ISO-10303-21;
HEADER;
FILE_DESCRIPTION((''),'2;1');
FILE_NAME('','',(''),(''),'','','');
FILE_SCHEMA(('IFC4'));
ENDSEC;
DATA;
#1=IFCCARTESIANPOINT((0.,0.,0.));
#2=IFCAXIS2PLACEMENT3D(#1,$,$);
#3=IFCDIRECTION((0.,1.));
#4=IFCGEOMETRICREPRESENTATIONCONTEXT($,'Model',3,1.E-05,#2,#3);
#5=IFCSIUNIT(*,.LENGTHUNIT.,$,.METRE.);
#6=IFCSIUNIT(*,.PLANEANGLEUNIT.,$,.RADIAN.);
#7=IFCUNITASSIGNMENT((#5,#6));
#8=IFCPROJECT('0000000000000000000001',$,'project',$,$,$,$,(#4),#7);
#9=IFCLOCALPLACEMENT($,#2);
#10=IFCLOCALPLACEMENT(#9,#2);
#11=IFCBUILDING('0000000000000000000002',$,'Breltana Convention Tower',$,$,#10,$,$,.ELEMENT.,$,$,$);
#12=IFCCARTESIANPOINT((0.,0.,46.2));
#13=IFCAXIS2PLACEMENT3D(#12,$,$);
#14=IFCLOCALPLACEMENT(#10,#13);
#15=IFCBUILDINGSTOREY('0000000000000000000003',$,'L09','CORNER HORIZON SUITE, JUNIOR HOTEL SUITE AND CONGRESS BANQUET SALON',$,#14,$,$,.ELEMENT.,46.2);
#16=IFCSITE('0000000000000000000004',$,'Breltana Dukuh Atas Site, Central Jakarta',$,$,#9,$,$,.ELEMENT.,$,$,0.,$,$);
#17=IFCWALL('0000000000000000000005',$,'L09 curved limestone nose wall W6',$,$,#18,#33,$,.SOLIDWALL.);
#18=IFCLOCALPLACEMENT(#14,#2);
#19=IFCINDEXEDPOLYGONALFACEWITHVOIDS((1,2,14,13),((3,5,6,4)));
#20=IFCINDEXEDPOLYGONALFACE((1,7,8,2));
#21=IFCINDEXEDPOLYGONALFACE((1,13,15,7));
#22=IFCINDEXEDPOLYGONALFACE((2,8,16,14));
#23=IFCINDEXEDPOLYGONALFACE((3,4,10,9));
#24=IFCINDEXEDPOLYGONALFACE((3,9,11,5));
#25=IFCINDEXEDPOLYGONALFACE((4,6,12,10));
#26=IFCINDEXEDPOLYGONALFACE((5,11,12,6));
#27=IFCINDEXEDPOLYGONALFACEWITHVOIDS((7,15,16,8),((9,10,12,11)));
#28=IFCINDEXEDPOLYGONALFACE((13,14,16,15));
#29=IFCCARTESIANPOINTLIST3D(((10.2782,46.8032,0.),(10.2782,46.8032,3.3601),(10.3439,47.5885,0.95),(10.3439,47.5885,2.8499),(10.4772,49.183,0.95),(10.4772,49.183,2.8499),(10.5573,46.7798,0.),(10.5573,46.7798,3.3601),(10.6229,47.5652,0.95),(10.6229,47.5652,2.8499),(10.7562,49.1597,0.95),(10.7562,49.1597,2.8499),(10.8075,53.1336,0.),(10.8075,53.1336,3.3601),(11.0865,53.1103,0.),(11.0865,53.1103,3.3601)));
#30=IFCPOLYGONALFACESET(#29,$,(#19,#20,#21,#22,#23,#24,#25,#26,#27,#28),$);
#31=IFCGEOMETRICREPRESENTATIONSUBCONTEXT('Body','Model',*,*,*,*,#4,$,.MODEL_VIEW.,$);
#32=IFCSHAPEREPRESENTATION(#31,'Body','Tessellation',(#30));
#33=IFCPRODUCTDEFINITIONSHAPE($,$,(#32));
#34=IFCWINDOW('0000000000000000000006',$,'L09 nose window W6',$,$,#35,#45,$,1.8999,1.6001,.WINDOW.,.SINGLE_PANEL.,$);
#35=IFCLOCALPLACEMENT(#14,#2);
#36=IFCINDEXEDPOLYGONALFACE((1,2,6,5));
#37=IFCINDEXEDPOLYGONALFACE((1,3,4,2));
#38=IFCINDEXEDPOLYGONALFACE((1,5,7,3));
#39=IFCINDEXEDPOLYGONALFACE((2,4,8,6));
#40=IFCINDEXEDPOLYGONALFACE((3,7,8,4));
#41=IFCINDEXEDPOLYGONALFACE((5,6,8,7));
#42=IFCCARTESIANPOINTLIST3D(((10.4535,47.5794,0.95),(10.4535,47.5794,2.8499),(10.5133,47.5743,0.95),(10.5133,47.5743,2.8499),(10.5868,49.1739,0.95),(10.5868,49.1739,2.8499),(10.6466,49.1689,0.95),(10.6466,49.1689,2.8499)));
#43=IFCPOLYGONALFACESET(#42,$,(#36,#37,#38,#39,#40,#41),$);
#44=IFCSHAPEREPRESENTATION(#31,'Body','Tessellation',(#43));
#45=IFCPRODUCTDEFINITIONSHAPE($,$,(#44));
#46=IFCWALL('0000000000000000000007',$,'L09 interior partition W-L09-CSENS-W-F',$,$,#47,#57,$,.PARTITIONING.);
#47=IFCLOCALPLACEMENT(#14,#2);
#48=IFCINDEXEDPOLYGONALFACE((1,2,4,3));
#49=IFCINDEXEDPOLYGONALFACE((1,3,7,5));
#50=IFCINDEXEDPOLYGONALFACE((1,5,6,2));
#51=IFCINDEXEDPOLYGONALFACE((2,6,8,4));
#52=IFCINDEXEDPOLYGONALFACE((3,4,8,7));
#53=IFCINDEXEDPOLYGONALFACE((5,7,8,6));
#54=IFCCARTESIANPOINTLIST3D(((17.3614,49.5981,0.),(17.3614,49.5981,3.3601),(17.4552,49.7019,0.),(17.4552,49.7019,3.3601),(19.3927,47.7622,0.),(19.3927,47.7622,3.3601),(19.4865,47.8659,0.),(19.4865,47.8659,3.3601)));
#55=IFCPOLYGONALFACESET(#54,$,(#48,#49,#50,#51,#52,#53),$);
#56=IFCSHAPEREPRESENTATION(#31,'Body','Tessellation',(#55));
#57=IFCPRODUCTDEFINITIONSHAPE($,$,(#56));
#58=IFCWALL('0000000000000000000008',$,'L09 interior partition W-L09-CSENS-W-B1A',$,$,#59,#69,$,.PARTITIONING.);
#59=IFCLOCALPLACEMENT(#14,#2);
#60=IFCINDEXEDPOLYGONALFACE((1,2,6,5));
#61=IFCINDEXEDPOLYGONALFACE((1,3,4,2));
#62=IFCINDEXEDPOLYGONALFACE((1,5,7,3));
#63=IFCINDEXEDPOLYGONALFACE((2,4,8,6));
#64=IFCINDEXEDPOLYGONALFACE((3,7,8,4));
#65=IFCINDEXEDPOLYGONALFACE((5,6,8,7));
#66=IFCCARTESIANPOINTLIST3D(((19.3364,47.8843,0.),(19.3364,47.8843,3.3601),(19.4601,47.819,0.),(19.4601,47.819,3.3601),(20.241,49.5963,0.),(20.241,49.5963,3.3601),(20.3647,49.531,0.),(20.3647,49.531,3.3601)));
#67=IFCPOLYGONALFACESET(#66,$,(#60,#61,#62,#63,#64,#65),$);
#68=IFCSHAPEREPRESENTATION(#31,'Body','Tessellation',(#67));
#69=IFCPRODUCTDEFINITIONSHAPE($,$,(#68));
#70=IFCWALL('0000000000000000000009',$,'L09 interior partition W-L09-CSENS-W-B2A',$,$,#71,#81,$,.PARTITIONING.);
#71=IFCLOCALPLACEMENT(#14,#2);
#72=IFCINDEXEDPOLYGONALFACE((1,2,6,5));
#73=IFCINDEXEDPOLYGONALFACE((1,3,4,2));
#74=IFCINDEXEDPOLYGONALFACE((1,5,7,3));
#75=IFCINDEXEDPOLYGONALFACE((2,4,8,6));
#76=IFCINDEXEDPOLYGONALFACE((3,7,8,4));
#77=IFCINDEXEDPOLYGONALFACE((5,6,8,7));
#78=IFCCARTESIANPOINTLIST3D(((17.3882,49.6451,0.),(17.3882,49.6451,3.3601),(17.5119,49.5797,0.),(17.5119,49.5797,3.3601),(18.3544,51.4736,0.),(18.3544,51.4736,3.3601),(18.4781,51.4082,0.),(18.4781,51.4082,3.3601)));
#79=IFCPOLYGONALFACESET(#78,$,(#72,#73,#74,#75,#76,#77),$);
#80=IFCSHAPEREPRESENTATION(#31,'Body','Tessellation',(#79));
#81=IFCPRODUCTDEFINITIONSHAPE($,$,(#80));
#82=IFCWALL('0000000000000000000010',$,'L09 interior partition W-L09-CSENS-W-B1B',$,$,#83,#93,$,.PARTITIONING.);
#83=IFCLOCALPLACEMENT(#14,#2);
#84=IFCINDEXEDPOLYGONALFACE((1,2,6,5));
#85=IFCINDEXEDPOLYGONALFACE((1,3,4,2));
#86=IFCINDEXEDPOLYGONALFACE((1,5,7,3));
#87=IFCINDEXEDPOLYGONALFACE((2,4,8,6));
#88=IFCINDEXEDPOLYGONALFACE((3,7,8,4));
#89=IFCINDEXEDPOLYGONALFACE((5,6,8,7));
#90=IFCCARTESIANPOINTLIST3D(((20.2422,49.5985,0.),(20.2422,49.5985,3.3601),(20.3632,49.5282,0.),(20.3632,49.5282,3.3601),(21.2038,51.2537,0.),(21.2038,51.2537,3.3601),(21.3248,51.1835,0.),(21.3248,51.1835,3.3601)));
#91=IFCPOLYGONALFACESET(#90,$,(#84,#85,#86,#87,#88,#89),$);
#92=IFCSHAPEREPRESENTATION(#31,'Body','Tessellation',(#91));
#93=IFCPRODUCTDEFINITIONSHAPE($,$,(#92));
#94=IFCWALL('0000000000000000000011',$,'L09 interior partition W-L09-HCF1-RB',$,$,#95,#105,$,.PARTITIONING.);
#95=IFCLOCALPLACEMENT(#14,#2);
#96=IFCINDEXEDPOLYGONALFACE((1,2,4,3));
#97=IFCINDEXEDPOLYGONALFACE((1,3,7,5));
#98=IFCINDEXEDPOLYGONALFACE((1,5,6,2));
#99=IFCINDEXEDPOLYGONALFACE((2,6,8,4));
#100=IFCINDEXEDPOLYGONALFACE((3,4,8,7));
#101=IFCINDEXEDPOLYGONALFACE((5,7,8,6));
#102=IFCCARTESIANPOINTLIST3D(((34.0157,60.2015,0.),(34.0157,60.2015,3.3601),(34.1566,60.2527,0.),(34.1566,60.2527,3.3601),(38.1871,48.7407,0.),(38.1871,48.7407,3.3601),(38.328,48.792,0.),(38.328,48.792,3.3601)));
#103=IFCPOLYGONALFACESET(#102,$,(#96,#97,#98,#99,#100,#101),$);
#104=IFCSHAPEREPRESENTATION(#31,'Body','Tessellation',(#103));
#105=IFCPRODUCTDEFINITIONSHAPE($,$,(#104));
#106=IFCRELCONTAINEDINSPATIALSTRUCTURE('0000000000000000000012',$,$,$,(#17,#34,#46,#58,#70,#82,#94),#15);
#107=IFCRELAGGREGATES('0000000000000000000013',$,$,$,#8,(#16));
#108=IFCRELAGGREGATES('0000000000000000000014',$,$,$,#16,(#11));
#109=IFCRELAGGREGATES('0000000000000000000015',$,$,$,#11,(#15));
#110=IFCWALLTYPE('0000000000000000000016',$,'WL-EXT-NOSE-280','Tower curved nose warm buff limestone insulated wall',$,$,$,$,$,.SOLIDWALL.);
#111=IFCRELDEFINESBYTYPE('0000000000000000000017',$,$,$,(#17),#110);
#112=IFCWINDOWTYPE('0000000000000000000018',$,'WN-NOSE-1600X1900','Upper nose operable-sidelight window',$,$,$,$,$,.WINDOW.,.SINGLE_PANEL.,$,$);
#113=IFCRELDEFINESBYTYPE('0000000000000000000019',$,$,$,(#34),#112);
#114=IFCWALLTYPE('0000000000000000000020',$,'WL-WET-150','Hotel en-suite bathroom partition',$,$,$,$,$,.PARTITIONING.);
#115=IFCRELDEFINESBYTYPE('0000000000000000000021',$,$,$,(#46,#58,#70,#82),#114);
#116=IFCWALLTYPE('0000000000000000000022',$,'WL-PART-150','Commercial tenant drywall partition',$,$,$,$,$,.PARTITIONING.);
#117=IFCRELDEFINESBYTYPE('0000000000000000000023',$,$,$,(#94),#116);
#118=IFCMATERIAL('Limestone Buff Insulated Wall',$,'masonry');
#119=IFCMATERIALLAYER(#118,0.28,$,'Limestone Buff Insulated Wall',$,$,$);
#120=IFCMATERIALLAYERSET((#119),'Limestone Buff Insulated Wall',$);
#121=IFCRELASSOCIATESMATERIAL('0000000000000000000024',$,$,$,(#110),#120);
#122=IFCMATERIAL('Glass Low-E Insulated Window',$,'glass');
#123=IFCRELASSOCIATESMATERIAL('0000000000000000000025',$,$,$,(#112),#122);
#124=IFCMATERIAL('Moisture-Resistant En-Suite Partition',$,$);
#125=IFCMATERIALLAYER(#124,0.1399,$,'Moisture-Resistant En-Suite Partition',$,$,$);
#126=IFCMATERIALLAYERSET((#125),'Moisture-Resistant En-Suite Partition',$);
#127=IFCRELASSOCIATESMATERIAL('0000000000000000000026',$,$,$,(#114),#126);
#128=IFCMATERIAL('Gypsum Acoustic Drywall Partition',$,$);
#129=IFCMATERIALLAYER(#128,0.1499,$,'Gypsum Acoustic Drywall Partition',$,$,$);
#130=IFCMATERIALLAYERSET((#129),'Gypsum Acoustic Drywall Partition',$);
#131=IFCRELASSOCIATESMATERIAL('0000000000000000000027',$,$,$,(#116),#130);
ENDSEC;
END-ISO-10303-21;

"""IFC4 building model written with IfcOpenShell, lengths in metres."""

from ifc_helpers import new_model, si_unit, direction, frame, frame_2d, origin, place, context, subcontext, project, spatial, rectangle, extrude, source, transform, mapped, material, layer, layer_set, type_object, type_shapes, element, fill, save


model = new_model("IFC4")

# Units and contexts
model_context = context("Model", 3, precision=1e-05, world=origin(), true_north=direction((0.0, 1.0)))
body_context = subcontext(model_context, "Body", "Model", "MODEL_VIEW")
ifc_project = project(units=[si_unit("LENGTHUNIT", "METRE"), si_unit("PLANEANGLEUNIT", "RADIAN")], contexts=[model_context])

# Site, building, storey
site_placement = place(None, origin())
site = spatial("IfcSite", under=ifc_project, at=site_placement, Name="Breltana Dukuh Atas Site, Central Jakarta", CompositionType="ELEMENT", RefElevation=0.0)
building_placement = place(site_placement, origin())
building = spatial("IfcBuilding", under=site, at=building_placement, Name="Breltana Convention Tower", CompositionType="ELEMENT")
storey_placement = place(building_placement, frame((0.0, 0.0, 46.2)))
storey = spatial("IfcBuildingStorey", under=building, at=storey_placement, Name="L09", Description="CORNER HORIZON SUITE, JUNIOR HOTEL SUITE AND CONGRESS BANQUET SALON", CompositionType="ELEMENT", Elevation=46.2)

# Wall, opening, window
ifc_material_1 = material(Name="Limestone Buff Insulated Wall", Category="masonry")
ifc_layer_1 = layer(ifc_material_1, 0.28, Name="Limestone Buff Insulated Wall")
ifc_layer_set_1 = layer_set([ifc_layer_1], Name="Limestone Buff Insulated Wall")
wall_type_1 = type_object("IfcWallType", Name="WL-EXT-NOSE-280", Description="Tower curved nose warm buff limestone insulated wall", PredefinedType="SOLIDWALL", material=ifc_layer_set_1)
shared_shape_1 = source(origin(), body_context, "Body", "SweptSolid", [
    extrude(rectangle(XDim=6.3525, YDim=0.28, at=frame_2d((3.1763, 0.0))), origin(), (0.0, 0.0, 1.0), 3.3601),
])
wall_1_placement = place(storey_placement, frame((10.4177, 46.7915, 0.0), z_axis=(0.0, 0.0, 1.0), x_axis=(0.083319, 0.996523, 0.0)))
wall_1 = element("IfcWall", 1, at=wall_1_placement, inside=storey, type_object=wall_type_1, Name="L09 curved limestone nose wall W6", PredefinedType="SOLIDWALL", context=body_context, shape_type="MappedRepresentation", body=[
    mapped(shared_shape_1, transform((0.0, 0.0, 0.0), scale=1.0)),
])
opening_placement = place(wall_1_placement, frame((0.7881, 0.0, 0.95)))
opening = element("IfcOpeningElement", 2, at=opening_placement, cuts=wall_1, PredefinedType="OPENING", context=body_context, shape_type="SweptSolid", body=[
    extrude(rectangle(XDim=1.6001, YDim=1.8999, at=frame_2d((0.8, 0.95))), frame((0.0, 0.1499, 0.0), z_axis=(0.0, -1.0, 0.0), x_axis=(1.0, 0.0, 0.0)), (0.0, 0.0, 1.0), 0.3),
])
ifc_material_2 = material(Name="Glass Low-E Insulated Window", Category="glass")
window_type = type_object("IfcWindowType", Name="WN-NOSE-1600X1900", Description="Upper nose operable-sidelight window", PartitioningType="SINGLE_PANEL", PredefinedType="WINDOW", material=ifc_material_2)
shared_shape_2 = source(origin(), body_context, "Body", "SweptSolid", [
    extrude(rectangle(XDim=1.6001, YDim=1.8999, at=frame_2d((0.8, 0.95))), frame((0.0, 0.03, 0.0), z_axis=(0.0, -1.0, 0.0), x_axis=(1.0, 0.0, 0.0)), (0.0, 0.0, 1.0), 0.0601),
])
type_shapes(window_type, [shared_shape_2])
window_placement = place(opening_placement, origin())
window = element("IfcWindow", 3, at=window_placement, inside=storey, type_object=window_type, Name="L09 nose window W6", OverallHeight=1.8999, OverallWidth=1.6001, PartitioningType="SINGLE_PANEL", PredefinedType="WINDOW", context=body_context, shape_type="MappedRepresentation", body=[
    mapped(shared_shape_2, transform((0.0, 0.0, 0.0), scale=1.0)),
])
fill(opening, window)

# Walls
ifc_material_3 = material(Name="Moisture-Resistant En-Suite Partition")
ifc_layer_2 = layer(ifc_material_3, 0.1399, Name="Moisture-Resistant En-Suite Partition")
ifc_layer_set_2 = layer_set([ifc_layer_2], Name="Moisture-Resistant En-Suite Partition")
wall_type_2 = type_object("IfcWallType", Name="WL-WET-150", Description="Hotel en-suite bathroom partition", PredefinedType="PARTITIONING", material=ifc_layer_set_2)
shared_shape_3 = source(origin(), body_context, "Body", "SweptSolid", [
    extrude(rectangle(XDim=2.738, YDim=0.1399, at=frame_2d((1.3691, 0.0))), origin(), (0.0, 0.0, 1.0), 3.3601),
])
wall_2_placement = place(storey_placement, frame((19.4397, 47.814, 0.0), z_axis=(0.0, 0.0, 1.0), x_axis=(-0.741874, 0.67054, 0.0)))
element("IfcWall", 4, at=wall_2_placement, inside=storey, type_object=wall_type_2, Name="L09 interior partition W-L09-CSENS-W-F", PredefinedType="PARTITIONING", context=body_context, shape_type="MappedRepresentation", body=[
    mapped(shared_shape_3, transform((0.0, 0.0, 0.0), scale=1.0)),
])
shared_shape_4 = source(origin(), body_context, "Body", "SweptSolid", [
    extrude(rectangle(XDim=1.9363, YDim=0.1399, at=frame_2d((0.9683, 0.0))), origin(), (0.0, 0.0, 1.0), 3.3601),
])
wall_3_placement = place(storey_placement, frame((19.3982, 47.8516, 0.0), z_axis=(0.0, 0.0, 1.0), x_axis=(0.467175, 0.884165, 0.0)))
element("IfcWall", 5, at=wall_3_placement, inside=storey, type_object=wall_type_2, Name="L09 interior partition W-L09-CSENS-W-B1A", PredefinedType="PARTITIONING", context=body_context, shape_type="MappedRepresentation", body=[
    mapped(shared_shape_4, transform((0.0, 0.0, 0.0), scale=1.0)),
])
shared_shape_5 = source(origin(), body_context, "Body", "SweptSolid", [
    extrude(rectangle(XDim=2.0681, YDim=0.1399, at=frame_2d((1.0342, 0.0))), origin(), (0.0, 0.0, 1.0), 3.3601),
])
wall_4_placement = place(storey_placement, frame((17.45, 49.6123, 0.0), z_axis=(0.0, 0.0, 1.0), x_axis=(0.467215, 0.884144, 0.0)))
element("IfcWall", 6, at=wall_4_placement, inside=storey, type_object=wall_type_2, Name="L09 interior partition W-L09-CSENS-W-B2A", PredefinedType="PARTITIONING", context=body_context, shape_type="MappedRepresentation", body=[
    mapped(shared_shape_5, transform((0.0, 0.0, 0.0), scale=1.0)),
])
shared_shape_6 = source(origin(), body_context, "Body", "SweptSolid", [
    extrude(rectangle(XDim=1.9143, YDim=0.1399, at=frame_2d((0.957, 0.0))), origin(), (0.0, 0.0, 1.0), 3.3601),
])
wall_5_placement = place(storey_placement, frame((20.3027, 49.5635, 0.0), z_axis=(0.0, 0.0, 1.0), x_axis=(0.502348, 0.864666, 0.0)))
element("IfcWall", 7, at=wall_5_placement, inside=storey, type_object=wall_type_2, Name="L09 interior partition W-L09-CSENS-W-B1B", PredefinedType="PARTITIONING", context=body_context, shape_type="MappedRepresentation", body=[
    mapped(shared_shape_6, transform((0.0, 0.0, 0.0), scale=1.0)),
])
ifc_material_4 = material(Name="Gypsum Acoustic Drywall Partition")
ifc_layer_3 = layer(ifc_material_4, 0.1499, Name="Gypsum Acoustic Drywall Partition")
ifc_layer_set_3 = layer_set([ifc_layer_3], Name="Gypsum Acoustic Drywall Partition")
wall_type_3 = type_object("IfcWallType", Name="WL-PART-150", Description="Commercial tenant drywall partition", PredefinedType="PARTITIONING", material=ifc_layer_set_3)
shared_shape_7 = source(origin(), body_context, "Body", "SweptSolid", [
    extrude(rectangle(XDim=12.1963, YDim=0.1499, at=frame_2d((6.0981, 0.0))), origin(), (0.0, 0.0, 1.0), 3.3601),
])
wall_6_placement = place(storey_placement, frame((38.2576, 48.7664, 0.0), z_axis=(0.0, 0.0, 1.0), x_axis=(-0.342023, 0.939692, 0.0)))
element("IfcWall", 8, at=wall_6_placement, inside=storey, type_object=wall_type_3, Name="L09 interior partition W-L09-HCF1-RB", PredefinedType="PARTITIONING", context=body_context, shape_type="MappedRepresentation", body=[
    mapped(shared_shape_7, transform((0.0, 0.0, 0.0), scale=1.0)),
])

save(model, "model.ifc")
